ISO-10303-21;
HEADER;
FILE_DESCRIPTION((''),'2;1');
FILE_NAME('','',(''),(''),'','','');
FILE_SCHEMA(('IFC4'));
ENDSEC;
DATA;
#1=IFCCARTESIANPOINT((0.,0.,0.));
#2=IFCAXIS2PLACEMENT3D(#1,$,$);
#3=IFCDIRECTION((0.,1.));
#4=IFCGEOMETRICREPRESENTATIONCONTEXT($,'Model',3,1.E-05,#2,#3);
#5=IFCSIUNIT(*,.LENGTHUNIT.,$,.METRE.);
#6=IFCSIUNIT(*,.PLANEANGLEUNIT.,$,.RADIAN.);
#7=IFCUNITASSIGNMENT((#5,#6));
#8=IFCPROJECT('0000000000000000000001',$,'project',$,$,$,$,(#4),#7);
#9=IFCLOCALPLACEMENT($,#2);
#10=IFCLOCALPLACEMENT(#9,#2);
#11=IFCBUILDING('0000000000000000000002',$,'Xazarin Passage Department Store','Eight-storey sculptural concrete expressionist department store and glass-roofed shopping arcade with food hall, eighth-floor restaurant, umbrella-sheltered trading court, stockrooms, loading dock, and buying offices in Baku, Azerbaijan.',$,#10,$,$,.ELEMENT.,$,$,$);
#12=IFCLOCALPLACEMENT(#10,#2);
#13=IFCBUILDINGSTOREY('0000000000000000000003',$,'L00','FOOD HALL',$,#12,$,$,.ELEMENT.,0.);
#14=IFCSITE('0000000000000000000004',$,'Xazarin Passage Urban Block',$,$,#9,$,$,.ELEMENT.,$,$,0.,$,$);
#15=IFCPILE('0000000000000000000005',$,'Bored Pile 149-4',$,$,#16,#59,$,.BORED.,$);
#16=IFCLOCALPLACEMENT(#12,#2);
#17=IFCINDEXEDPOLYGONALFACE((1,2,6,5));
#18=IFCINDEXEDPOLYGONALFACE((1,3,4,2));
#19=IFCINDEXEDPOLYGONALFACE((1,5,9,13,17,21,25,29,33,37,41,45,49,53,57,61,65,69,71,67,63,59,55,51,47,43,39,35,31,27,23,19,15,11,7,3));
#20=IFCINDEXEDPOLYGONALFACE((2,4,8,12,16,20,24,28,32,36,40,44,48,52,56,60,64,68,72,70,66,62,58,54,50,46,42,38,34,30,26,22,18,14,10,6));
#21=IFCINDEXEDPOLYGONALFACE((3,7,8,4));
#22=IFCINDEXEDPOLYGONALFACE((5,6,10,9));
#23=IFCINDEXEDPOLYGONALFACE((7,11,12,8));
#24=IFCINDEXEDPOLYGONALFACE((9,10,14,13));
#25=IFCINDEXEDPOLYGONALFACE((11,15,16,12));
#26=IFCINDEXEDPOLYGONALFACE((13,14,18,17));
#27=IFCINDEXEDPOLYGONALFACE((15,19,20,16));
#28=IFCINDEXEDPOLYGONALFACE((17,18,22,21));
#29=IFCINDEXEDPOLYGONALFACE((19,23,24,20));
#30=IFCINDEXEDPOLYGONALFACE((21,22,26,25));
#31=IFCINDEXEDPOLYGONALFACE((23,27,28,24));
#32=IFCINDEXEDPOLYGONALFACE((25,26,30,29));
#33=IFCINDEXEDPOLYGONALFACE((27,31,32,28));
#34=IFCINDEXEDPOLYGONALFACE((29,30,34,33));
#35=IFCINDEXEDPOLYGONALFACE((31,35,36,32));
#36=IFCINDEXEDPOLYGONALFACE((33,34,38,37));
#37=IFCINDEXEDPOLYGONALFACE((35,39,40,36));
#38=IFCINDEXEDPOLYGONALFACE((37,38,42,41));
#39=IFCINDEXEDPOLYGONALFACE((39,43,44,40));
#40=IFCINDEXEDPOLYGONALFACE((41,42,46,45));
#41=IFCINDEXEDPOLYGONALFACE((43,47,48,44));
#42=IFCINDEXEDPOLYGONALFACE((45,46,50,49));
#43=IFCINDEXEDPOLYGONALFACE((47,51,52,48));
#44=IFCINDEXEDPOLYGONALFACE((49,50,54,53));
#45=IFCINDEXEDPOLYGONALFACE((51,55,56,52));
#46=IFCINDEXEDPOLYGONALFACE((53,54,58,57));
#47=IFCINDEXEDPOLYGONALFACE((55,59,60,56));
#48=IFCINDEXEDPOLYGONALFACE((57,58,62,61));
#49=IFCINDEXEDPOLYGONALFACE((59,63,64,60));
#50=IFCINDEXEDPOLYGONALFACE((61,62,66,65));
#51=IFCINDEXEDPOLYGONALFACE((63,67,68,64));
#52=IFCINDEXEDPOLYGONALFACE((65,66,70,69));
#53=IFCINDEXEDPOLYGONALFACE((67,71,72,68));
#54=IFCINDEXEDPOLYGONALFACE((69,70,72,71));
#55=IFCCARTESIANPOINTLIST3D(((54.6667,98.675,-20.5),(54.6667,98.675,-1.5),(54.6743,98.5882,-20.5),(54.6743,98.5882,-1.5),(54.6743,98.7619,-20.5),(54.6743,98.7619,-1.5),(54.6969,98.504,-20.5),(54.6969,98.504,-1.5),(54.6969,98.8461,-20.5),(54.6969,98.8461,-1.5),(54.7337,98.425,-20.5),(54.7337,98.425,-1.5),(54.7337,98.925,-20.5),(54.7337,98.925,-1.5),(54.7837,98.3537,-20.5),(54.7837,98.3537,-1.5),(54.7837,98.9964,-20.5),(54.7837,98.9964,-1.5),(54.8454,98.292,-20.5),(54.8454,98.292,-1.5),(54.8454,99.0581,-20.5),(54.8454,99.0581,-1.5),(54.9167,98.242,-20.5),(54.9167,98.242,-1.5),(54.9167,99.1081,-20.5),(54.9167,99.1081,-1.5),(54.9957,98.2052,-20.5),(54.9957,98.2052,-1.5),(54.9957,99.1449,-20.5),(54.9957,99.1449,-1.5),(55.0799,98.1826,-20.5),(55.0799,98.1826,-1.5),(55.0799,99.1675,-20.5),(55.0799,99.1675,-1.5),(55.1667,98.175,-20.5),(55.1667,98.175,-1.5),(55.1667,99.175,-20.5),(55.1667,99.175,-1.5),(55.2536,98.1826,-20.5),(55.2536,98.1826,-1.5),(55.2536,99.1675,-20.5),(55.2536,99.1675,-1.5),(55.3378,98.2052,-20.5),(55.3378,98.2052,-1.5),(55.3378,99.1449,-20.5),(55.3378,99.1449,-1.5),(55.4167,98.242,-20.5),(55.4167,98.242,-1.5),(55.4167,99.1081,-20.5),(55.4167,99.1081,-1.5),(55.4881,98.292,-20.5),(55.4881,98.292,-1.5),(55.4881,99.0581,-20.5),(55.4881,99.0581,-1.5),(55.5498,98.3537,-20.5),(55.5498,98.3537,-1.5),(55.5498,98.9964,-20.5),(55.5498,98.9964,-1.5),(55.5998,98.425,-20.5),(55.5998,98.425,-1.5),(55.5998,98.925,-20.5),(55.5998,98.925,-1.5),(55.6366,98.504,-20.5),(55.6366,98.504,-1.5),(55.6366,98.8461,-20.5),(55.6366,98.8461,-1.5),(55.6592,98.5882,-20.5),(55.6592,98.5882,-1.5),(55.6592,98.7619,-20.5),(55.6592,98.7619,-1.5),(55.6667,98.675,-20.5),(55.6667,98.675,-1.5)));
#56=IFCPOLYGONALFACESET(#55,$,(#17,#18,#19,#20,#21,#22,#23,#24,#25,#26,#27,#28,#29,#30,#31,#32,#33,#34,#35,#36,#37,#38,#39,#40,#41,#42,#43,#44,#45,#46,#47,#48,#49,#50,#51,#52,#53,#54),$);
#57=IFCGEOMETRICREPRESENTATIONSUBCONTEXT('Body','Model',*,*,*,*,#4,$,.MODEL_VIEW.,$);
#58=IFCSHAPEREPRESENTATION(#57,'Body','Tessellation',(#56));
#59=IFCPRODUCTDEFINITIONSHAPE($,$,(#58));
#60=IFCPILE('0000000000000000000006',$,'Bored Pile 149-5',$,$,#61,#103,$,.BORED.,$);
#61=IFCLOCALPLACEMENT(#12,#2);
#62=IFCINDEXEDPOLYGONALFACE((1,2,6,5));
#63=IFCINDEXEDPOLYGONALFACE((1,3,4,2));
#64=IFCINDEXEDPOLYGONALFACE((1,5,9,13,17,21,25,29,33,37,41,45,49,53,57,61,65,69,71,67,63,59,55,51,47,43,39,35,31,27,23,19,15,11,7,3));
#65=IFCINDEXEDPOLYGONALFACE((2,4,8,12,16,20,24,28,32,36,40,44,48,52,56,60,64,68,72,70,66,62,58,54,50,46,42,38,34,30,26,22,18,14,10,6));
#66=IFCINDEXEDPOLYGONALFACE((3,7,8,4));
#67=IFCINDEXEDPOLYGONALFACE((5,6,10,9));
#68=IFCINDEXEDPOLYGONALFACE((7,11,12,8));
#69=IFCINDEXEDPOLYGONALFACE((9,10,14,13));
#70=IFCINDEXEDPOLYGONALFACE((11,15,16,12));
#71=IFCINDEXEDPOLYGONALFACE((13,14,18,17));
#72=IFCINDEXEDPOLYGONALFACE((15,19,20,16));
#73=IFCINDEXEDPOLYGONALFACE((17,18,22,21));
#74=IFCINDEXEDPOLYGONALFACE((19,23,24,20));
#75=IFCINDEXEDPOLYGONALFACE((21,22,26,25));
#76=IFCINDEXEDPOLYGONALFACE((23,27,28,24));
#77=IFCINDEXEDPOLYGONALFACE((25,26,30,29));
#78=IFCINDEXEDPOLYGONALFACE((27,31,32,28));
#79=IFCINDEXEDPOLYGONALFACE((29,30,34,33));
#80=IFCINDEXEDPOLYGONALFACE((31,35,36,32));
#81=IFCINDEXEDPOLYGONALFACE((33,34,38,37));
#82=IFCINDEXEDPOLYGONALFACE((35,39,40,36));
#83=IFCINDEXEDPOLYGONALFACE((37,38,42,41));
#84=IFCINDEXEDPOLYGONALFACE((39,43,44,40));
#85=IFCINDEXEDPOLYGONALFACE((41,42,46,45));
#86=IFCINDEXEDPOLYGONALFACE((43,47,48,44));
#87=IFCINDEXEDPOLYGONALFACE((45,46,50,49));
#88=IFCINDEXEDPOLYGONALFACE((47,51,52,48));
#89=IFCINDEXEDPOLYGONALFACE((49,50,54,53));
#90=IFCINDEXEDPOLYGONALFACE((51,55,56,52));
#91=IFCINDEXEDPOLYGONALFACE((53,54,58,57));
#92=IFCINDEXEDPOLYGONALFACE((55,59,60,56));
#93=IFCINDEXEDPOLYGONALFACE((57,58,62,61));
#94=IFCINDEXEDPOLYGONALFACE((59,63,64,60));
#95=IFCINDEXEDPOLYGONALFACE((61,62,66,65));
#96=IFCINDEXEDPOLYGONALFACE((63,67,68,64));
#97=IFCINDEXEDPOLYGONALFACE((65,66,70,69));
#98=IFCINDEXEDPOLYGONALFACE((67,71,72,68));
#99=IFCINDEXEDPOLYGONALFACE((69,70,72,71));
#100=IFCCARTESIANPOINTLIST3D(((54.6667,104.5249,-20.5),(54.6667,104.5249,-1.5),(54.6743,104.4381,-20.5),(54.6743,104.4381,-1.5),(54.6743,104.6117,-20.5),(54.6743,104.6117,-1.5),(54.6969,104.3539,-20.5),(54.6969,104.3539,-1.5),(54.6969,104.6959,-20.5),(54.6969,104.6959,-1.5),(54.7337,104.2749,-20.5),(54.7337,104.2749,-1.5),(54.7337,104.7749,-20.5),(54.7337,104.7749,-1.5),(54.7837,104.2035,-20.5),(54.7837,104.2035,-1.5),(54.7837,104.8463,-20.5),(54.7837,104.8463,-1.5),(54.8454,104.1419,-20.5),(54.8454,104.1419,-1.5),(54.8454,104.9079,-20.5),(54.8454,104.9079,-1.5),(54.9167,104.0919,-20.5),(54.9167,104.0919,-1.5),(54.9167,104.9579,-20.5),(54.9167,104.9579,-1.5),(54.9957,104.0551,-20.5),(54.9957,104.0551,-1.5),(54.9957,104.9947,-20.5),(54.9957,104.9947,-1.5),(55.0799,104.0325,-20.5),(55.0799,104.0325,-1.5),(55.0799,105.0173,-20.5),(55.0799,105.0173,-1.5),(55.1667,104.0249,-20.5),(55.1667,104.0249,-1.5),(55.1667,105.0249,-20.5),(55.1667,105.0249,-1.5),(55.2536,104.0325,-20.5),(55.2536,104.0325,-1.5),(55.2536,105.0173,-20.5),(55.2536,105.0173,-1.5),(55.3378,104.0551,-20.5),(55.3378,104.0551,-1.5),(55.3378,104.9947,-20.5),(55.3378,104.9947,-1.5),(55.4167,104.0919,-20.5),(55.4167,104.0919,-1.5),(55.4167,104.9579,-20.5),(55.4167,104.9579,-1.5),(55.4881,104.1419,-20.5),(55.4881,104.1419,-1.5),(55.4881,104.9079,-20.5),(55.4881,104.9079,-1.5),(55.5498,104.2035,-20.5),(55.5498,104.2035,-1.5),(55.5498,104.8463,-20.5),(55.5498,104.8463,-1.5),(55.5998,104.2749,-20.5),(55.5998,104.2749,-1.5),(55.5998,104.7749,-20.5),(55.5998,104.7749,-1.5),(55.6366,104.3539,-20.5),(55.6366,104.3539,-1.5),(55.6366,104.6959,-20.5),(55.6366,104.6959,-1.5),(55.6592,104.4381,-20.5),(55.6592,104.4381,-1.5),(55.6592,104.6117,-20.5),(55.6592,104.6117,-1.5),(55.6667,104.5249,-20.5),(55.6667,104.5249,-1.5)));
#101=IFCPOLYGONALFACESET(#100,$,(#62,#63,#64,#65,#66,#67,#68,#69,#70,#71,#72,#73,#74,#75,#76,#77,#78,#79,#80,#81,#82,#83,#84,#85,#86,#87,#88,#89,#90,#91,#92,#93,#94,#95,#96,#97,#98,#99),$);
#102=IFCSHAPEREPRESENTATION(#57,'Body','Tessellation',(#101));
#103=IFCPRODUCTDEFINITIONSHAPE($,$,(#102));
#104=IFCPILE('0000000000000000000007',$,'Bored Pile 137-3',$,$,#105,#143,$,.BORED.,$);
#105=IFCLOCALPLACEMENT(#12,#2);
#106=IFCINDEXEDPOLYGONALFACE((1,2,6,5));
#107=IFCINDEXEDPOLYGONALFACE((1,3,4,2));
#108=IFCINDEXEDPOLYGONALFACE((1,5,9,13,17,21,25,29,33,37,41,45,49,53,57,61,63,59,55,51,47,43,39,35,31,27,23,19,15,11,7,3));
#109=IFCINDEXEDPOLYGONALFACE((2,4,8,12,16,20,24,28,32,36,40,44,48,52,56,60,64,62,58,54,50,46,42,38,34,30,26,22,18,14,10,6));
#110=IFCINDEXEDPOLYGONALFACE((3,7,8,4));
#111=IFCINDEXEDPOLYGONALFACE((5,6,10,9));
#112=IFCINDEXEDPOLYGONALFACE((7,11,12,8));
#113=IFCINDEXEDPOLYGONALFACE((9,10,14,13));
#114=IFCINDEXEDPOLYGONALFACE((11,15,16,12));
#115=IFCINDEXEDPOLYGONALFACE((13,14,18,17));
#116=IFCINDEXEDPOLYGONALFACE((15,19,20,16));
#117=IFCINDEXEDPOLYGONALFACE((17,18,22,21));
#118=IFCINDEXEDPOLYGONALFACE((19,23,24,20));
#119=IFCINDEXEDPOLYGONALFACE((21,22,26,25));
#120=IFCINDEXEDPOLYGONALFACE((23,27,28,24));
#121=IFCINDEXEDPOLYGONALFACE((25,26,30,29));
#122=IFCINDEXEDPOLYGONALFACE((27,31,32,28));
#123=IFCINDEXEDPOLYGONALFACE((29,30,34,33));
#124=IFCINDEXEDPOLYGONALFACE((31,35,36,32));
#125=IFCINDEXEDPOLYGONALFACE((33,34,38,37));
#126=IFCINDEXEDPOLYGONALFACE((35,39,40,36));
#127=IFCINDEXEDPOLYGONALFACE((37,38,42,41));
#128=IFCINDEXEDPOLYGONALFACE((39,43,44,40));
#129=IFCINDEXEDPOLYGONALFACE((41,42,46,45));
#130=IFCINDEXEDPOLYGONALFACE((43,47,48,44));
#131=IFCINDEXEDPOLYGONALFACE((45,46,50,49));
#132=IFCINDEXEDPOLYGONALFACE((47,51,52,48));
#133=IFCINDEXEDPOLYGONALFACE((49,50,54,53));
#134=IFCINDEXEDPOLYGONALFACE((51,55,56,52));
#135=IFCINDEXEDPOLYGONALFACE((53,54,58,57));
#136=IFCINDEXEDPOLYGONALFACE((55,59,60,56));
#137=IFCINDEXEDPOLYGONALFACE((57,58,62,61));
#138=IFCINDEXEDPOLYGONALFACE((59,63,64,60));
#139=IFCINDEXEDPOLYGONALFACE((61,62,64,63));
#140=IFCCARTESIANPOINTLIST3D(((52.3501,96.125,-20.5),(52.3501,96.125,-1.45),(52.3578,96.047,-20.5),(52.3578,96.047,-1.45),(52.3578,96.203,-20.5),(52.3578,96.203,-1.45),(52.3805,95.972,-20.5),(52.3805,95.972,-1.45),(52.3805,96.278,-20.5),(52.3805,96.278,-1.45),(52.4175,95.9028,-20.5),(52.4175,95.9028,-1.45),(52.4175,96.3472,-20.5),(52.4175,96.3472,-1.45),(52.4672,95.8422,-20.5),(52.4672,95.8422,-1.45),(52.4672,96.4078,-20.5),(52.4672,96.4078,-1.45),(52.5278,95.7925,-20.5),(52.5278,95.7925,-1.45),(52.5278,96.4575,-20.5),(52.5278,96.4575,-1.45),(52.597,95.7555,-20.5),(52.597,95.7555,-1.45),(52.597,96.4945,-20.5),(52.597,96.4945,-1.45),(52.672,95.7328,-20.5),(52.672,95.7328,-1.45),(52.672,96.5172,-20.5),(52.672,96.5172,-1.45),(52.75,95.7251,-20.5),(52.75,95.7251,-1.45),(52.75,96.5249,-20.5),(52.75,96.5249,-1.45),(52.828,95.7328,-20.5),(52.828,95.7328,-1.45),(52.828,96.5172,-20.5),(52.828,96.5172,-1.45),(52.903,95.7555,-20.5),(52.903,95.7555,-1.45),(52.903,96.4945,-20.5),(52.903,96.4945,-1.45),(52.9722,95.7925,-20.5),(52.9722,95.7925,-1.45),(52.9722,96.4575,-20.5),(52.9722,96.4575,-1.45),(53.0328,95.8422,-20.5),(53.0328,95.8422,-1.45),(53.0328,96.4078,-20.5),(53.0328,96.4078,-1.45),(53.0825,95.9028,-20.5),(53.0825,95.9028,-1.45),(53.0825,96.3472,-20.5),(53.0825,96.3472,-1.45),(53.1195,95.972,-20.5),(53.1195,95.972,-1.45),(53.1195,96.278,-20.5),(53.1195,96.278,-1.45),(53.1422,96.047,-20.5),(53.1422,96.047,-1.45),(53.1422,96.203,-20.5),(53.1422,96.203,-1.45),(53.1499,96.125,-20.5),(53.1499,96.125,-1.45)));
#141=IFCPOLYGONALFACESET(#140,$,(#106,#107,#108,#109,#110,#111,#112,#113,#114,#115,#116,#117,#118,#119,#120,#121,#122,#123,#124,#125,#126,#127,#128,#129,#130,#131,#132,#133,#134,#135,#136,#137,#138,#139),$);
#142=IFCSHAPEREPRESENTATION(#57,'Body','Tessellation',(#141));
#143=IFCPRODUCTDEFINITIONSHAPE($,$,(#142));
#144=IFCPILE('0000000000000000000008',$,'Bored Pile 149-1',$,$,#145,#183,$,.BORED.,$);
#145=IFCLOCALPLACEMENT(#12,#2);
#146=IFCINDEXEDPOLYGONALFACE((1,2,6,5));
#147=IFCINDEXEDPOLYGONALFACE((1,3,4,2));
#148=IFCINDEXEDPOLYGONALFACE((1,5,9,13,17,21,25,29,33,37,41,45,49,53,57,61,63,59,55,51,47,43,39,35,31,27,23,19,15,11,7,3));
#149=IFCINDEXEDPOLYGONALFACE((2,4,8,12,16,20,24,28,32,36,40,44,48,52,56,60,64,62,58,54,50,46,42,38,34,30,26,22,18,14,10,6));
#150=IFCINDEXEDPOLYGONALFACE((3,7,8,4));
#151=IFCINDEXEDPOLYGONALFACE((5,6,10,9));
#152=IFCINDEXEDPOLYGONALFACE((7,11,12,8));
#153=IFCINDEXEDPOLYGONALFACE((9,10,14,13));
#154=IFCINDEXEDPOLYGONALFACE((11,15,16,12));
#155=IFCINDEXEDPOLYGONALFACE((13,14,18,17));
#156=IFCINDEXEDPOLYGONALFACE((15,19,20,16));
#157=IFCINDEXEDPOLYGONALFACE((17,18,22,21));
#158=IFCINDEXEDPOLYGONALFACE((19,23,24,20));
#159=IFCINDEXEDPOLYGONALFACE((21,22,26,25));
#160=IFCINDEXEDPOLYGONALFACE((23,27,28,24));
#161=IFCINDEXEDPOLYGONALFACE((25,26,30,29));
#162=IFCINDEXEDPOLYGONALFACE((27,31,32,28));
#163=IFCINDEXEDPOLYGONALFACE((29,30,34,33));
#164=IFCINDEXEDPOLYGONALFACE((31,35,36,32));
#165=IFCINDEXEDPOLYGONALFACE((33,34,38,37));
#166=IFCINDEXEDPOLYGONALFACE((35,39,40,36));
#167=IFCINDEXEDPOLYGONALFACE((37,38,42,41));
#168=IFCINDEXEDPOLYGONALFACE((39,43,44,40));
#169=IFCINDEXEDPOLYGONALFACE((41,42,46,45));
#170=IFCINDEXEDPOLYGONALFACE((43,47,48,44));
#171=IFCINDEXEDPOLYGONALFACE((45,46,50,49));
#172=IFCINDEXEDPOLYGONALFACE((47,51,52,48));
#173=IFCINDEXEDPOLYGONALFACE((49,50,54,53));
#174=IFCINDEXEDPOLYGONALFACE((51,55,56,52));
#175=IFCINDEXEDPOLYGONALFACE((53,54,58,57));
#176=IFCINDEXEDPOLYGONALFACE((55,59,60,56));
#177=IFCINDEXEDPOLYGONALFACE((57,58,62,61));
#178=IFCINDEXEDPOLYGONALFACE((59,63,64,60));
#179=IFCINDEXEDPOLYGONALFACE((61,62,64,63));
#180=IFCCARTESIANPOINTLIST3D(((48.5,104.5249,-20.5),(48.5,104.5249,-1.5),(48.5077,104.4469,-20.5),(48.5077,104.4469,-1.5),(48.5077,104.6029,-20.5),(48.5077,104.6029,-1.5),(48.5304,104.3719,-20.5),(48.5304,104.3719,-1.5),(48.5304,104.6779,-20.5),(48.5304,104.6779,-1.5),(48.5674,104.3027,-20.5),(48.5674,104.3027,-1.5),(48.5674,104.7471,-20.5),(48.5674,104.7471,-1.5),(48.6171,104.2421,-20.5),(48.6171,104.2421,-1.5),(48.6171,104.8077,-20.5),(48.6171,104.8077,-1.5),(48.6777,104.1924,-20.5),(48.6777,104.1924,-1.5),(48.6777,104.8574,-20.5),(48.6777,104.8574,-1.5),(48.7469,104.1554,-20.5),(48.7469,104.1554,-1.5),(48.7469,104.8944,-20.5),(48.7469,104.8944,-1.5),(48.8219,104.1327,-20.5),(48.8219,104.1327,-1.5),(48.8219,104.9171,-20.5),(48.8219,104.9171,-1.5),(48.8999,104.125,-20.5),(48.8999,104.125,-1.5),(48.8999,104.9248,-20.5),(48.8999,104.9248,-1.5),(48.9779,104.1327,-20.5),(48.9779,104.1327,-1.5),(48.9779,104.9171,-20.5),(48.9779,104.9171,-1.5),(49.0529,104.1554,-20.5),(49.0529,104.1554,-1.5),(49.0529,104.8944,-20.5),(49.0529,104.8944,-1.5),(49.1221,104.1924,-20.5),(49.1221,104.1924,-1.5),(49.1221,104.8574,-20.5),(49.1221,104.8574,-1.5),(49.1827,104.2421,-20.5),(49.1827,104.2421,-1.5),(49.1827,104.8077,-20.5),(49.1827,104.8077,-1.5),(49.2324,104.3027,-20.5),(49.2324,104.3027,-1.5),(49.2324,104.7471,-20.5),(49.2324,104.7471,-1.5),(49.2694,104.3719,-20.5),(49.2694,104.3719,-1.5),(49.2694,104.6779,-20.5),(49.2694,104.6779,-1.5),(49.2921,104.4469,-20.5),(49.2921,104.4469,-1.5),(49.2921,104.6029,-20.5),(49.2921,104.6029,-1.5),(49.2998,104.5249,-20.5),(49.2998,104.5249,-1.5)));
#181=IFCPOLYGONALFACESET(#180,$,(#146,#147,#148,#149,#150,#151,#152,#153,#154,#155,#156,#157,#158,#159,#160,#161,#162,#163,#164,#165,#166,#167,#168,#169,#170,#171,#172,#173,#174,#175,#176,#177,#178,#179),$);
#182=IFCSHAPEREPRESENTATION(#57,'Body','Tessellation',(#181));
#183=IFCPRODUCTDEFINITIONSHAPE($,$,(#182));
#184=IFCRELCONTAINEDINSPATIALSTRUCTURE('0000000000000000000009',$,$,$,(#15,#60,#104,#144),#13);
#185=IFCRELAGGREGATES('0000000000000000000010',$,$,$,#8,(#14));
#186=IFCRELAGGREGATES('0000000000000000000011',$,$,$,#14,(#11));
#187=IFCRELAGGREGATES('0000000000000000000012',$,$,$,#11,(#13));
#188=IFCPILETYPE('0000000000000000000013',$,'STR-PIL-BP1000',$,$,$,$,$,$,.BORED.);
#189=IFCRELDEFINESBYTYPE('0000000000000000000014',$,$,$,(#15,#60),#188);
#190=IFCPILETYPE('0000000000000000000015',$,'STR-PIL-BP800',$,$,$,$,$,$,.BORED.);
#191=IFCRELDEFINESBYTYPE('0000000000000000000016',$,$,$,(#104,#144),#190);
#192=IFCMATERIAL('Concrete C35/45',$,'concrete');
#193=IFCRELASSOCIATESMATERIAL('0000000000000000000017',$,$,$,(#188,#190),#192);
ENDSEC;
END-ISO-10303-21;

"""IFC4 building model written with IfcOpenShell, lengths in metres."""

from ifc_helpers import new_model, si_unit, direction, frame, origin, origin_2d, place, context, subcontext, project, spatial, circle, extrude, material, material_profile, profile_set, type_object, element, save


model = new_model("IFC4")

# Units and contexts
model_context = context("Model", 3, precision=1e-05, world=origin(), true_north=direction((0.0, 1.0)))
body_context = subcontext(model_context, "Body", "Model", "MODEL_VIEW")
ifc_project = project(units=[si_unit("LENGTHUNIT", "METRE"), si_unit("PLANEANGLEUNIT", "RADIAN")], contexts=[model_context])

# Site, building, storey
site_placement = place(None, origin())
site = spatial("IfcSite", under=ifc_project, at=site_placement, Name="Xazarin Passage Urban Block", CompositionType="ELEMENT", RefElevation=0.0)
building_placement = place(site_placement, origin())
building = spatial("IfcBuilding", under=site, at=building_placement, Name="Xazarin Passage Department Store", Description="Eight-storey sculptural concrete expressionist department store and glass-roofed shopping arcade with food hall, eighth-floor restaurant, umbrella-sheltered trading court, stockrooms, loading dock, and buying offices in Baku, Azerbaijan.", CompositionType="ELEMENT")
storey_placement = place(building_placement, origin())
storey = spatial("IfcBuildingStorey", under=building, at=storey_placement, Name="L00", Description="FOOD HALL", CompositionType="ELEMENT", Elevation=0.0)

# Shared definitions
ifc_material_1 = material(Name="Concrete C35/45", Category="concrete")

# Piles
ifc_material_profile_1 = material_profile(ifc_material_1, circle(Radius=0.5, at=origin_2d()), Name="BP 1000")
ifc_profile_set_1 = profile_set([ifc_material_profile_1], Name="Concrete C35/45")
pile_type_1 = type_object("IfcPileType", Name="STR-PIL-BP1000", PredefinedType="BORED", material=ifc_profile_set_1)
for number, where, z_axis, x_axis, name in (
    (1, (55.1667, 98.675, -1.5), (0.0, 0.0, -1.0), (1.0, 0.0, 0.0), "Bored Pile 149-4"),
    (2, (55.1667, 104.5249, -1.5), (0.0, 0.0, -1.0), (1.0, 0.0, 0.0), "Bored Pile 149-5"),
):
    element("IfcPile", number, at=place(storey_placement, frame(where, z_axis=z_axis, x_axis=x_axis)), inside=storey, type_object=pile_type_1, Name=name, PredefinedType="BORED", context=body_context, shape_type="SweptSolid", body=[
        extrude(circle(Radius=0.5, at=origin_2d()), origin(), (0.0, 0.0, 1.0), 19.0),
    ])
ifc_material_profile_2 = material_profile(ifc_material_1, circle(Radius=0.3999, at=origin_2d()), Name="BP 800")
ifc_profile_set_2 = profile_set([ifc_material_profile_2], Name="Concrete C35/45")
pile_type_2 = type_object("IfcPileType", Name="STR-PIL-BP800", PredefinedType="BORED", material=ifc_profile_set_2)
pile_1_placement = place(storey_placement, frame((52.75, 96.125, -1.45), z_axis=(0.0, 0.0, -1.0), x_axis=(1.0, 0.0, 0.0)))
element("IfcPile", 3, at=pile_1_placement, inside=storey, type_object=pile_type_2, Name="Bored Pile 137-3", PredefinedType="BORED", context=body_context, shape_type="SweptSolid", body=[
    extrude(circle(Radius=0.3999, at=origin_2d()), origin(), (0.0, 0.0, 1.0), 19.05),
])
for number, where, z_axis, x_axis, name in (
    (4, (48.8999, 104.5249, -1.5), (0.0, 0.0, -1.0), (1.0, 0.0, 0.0), "Bored Pile 149-1"),
):
    element("IfcPile", number, at=place(storey_placement, frame(where, z_axis=z_axis, x_axis=x_axis)), inside=storey, type_object=pile_type_2, Name=name, PredefinedType="BORED", context=body_context, shape_type="SweptSolid", body=[
        extrude(circle(Radius=0.3999, at=origin_2d()), origin(), (0.0, 0.0, 1.0), 19.0),
    ])

save(model, "model.ifc")
